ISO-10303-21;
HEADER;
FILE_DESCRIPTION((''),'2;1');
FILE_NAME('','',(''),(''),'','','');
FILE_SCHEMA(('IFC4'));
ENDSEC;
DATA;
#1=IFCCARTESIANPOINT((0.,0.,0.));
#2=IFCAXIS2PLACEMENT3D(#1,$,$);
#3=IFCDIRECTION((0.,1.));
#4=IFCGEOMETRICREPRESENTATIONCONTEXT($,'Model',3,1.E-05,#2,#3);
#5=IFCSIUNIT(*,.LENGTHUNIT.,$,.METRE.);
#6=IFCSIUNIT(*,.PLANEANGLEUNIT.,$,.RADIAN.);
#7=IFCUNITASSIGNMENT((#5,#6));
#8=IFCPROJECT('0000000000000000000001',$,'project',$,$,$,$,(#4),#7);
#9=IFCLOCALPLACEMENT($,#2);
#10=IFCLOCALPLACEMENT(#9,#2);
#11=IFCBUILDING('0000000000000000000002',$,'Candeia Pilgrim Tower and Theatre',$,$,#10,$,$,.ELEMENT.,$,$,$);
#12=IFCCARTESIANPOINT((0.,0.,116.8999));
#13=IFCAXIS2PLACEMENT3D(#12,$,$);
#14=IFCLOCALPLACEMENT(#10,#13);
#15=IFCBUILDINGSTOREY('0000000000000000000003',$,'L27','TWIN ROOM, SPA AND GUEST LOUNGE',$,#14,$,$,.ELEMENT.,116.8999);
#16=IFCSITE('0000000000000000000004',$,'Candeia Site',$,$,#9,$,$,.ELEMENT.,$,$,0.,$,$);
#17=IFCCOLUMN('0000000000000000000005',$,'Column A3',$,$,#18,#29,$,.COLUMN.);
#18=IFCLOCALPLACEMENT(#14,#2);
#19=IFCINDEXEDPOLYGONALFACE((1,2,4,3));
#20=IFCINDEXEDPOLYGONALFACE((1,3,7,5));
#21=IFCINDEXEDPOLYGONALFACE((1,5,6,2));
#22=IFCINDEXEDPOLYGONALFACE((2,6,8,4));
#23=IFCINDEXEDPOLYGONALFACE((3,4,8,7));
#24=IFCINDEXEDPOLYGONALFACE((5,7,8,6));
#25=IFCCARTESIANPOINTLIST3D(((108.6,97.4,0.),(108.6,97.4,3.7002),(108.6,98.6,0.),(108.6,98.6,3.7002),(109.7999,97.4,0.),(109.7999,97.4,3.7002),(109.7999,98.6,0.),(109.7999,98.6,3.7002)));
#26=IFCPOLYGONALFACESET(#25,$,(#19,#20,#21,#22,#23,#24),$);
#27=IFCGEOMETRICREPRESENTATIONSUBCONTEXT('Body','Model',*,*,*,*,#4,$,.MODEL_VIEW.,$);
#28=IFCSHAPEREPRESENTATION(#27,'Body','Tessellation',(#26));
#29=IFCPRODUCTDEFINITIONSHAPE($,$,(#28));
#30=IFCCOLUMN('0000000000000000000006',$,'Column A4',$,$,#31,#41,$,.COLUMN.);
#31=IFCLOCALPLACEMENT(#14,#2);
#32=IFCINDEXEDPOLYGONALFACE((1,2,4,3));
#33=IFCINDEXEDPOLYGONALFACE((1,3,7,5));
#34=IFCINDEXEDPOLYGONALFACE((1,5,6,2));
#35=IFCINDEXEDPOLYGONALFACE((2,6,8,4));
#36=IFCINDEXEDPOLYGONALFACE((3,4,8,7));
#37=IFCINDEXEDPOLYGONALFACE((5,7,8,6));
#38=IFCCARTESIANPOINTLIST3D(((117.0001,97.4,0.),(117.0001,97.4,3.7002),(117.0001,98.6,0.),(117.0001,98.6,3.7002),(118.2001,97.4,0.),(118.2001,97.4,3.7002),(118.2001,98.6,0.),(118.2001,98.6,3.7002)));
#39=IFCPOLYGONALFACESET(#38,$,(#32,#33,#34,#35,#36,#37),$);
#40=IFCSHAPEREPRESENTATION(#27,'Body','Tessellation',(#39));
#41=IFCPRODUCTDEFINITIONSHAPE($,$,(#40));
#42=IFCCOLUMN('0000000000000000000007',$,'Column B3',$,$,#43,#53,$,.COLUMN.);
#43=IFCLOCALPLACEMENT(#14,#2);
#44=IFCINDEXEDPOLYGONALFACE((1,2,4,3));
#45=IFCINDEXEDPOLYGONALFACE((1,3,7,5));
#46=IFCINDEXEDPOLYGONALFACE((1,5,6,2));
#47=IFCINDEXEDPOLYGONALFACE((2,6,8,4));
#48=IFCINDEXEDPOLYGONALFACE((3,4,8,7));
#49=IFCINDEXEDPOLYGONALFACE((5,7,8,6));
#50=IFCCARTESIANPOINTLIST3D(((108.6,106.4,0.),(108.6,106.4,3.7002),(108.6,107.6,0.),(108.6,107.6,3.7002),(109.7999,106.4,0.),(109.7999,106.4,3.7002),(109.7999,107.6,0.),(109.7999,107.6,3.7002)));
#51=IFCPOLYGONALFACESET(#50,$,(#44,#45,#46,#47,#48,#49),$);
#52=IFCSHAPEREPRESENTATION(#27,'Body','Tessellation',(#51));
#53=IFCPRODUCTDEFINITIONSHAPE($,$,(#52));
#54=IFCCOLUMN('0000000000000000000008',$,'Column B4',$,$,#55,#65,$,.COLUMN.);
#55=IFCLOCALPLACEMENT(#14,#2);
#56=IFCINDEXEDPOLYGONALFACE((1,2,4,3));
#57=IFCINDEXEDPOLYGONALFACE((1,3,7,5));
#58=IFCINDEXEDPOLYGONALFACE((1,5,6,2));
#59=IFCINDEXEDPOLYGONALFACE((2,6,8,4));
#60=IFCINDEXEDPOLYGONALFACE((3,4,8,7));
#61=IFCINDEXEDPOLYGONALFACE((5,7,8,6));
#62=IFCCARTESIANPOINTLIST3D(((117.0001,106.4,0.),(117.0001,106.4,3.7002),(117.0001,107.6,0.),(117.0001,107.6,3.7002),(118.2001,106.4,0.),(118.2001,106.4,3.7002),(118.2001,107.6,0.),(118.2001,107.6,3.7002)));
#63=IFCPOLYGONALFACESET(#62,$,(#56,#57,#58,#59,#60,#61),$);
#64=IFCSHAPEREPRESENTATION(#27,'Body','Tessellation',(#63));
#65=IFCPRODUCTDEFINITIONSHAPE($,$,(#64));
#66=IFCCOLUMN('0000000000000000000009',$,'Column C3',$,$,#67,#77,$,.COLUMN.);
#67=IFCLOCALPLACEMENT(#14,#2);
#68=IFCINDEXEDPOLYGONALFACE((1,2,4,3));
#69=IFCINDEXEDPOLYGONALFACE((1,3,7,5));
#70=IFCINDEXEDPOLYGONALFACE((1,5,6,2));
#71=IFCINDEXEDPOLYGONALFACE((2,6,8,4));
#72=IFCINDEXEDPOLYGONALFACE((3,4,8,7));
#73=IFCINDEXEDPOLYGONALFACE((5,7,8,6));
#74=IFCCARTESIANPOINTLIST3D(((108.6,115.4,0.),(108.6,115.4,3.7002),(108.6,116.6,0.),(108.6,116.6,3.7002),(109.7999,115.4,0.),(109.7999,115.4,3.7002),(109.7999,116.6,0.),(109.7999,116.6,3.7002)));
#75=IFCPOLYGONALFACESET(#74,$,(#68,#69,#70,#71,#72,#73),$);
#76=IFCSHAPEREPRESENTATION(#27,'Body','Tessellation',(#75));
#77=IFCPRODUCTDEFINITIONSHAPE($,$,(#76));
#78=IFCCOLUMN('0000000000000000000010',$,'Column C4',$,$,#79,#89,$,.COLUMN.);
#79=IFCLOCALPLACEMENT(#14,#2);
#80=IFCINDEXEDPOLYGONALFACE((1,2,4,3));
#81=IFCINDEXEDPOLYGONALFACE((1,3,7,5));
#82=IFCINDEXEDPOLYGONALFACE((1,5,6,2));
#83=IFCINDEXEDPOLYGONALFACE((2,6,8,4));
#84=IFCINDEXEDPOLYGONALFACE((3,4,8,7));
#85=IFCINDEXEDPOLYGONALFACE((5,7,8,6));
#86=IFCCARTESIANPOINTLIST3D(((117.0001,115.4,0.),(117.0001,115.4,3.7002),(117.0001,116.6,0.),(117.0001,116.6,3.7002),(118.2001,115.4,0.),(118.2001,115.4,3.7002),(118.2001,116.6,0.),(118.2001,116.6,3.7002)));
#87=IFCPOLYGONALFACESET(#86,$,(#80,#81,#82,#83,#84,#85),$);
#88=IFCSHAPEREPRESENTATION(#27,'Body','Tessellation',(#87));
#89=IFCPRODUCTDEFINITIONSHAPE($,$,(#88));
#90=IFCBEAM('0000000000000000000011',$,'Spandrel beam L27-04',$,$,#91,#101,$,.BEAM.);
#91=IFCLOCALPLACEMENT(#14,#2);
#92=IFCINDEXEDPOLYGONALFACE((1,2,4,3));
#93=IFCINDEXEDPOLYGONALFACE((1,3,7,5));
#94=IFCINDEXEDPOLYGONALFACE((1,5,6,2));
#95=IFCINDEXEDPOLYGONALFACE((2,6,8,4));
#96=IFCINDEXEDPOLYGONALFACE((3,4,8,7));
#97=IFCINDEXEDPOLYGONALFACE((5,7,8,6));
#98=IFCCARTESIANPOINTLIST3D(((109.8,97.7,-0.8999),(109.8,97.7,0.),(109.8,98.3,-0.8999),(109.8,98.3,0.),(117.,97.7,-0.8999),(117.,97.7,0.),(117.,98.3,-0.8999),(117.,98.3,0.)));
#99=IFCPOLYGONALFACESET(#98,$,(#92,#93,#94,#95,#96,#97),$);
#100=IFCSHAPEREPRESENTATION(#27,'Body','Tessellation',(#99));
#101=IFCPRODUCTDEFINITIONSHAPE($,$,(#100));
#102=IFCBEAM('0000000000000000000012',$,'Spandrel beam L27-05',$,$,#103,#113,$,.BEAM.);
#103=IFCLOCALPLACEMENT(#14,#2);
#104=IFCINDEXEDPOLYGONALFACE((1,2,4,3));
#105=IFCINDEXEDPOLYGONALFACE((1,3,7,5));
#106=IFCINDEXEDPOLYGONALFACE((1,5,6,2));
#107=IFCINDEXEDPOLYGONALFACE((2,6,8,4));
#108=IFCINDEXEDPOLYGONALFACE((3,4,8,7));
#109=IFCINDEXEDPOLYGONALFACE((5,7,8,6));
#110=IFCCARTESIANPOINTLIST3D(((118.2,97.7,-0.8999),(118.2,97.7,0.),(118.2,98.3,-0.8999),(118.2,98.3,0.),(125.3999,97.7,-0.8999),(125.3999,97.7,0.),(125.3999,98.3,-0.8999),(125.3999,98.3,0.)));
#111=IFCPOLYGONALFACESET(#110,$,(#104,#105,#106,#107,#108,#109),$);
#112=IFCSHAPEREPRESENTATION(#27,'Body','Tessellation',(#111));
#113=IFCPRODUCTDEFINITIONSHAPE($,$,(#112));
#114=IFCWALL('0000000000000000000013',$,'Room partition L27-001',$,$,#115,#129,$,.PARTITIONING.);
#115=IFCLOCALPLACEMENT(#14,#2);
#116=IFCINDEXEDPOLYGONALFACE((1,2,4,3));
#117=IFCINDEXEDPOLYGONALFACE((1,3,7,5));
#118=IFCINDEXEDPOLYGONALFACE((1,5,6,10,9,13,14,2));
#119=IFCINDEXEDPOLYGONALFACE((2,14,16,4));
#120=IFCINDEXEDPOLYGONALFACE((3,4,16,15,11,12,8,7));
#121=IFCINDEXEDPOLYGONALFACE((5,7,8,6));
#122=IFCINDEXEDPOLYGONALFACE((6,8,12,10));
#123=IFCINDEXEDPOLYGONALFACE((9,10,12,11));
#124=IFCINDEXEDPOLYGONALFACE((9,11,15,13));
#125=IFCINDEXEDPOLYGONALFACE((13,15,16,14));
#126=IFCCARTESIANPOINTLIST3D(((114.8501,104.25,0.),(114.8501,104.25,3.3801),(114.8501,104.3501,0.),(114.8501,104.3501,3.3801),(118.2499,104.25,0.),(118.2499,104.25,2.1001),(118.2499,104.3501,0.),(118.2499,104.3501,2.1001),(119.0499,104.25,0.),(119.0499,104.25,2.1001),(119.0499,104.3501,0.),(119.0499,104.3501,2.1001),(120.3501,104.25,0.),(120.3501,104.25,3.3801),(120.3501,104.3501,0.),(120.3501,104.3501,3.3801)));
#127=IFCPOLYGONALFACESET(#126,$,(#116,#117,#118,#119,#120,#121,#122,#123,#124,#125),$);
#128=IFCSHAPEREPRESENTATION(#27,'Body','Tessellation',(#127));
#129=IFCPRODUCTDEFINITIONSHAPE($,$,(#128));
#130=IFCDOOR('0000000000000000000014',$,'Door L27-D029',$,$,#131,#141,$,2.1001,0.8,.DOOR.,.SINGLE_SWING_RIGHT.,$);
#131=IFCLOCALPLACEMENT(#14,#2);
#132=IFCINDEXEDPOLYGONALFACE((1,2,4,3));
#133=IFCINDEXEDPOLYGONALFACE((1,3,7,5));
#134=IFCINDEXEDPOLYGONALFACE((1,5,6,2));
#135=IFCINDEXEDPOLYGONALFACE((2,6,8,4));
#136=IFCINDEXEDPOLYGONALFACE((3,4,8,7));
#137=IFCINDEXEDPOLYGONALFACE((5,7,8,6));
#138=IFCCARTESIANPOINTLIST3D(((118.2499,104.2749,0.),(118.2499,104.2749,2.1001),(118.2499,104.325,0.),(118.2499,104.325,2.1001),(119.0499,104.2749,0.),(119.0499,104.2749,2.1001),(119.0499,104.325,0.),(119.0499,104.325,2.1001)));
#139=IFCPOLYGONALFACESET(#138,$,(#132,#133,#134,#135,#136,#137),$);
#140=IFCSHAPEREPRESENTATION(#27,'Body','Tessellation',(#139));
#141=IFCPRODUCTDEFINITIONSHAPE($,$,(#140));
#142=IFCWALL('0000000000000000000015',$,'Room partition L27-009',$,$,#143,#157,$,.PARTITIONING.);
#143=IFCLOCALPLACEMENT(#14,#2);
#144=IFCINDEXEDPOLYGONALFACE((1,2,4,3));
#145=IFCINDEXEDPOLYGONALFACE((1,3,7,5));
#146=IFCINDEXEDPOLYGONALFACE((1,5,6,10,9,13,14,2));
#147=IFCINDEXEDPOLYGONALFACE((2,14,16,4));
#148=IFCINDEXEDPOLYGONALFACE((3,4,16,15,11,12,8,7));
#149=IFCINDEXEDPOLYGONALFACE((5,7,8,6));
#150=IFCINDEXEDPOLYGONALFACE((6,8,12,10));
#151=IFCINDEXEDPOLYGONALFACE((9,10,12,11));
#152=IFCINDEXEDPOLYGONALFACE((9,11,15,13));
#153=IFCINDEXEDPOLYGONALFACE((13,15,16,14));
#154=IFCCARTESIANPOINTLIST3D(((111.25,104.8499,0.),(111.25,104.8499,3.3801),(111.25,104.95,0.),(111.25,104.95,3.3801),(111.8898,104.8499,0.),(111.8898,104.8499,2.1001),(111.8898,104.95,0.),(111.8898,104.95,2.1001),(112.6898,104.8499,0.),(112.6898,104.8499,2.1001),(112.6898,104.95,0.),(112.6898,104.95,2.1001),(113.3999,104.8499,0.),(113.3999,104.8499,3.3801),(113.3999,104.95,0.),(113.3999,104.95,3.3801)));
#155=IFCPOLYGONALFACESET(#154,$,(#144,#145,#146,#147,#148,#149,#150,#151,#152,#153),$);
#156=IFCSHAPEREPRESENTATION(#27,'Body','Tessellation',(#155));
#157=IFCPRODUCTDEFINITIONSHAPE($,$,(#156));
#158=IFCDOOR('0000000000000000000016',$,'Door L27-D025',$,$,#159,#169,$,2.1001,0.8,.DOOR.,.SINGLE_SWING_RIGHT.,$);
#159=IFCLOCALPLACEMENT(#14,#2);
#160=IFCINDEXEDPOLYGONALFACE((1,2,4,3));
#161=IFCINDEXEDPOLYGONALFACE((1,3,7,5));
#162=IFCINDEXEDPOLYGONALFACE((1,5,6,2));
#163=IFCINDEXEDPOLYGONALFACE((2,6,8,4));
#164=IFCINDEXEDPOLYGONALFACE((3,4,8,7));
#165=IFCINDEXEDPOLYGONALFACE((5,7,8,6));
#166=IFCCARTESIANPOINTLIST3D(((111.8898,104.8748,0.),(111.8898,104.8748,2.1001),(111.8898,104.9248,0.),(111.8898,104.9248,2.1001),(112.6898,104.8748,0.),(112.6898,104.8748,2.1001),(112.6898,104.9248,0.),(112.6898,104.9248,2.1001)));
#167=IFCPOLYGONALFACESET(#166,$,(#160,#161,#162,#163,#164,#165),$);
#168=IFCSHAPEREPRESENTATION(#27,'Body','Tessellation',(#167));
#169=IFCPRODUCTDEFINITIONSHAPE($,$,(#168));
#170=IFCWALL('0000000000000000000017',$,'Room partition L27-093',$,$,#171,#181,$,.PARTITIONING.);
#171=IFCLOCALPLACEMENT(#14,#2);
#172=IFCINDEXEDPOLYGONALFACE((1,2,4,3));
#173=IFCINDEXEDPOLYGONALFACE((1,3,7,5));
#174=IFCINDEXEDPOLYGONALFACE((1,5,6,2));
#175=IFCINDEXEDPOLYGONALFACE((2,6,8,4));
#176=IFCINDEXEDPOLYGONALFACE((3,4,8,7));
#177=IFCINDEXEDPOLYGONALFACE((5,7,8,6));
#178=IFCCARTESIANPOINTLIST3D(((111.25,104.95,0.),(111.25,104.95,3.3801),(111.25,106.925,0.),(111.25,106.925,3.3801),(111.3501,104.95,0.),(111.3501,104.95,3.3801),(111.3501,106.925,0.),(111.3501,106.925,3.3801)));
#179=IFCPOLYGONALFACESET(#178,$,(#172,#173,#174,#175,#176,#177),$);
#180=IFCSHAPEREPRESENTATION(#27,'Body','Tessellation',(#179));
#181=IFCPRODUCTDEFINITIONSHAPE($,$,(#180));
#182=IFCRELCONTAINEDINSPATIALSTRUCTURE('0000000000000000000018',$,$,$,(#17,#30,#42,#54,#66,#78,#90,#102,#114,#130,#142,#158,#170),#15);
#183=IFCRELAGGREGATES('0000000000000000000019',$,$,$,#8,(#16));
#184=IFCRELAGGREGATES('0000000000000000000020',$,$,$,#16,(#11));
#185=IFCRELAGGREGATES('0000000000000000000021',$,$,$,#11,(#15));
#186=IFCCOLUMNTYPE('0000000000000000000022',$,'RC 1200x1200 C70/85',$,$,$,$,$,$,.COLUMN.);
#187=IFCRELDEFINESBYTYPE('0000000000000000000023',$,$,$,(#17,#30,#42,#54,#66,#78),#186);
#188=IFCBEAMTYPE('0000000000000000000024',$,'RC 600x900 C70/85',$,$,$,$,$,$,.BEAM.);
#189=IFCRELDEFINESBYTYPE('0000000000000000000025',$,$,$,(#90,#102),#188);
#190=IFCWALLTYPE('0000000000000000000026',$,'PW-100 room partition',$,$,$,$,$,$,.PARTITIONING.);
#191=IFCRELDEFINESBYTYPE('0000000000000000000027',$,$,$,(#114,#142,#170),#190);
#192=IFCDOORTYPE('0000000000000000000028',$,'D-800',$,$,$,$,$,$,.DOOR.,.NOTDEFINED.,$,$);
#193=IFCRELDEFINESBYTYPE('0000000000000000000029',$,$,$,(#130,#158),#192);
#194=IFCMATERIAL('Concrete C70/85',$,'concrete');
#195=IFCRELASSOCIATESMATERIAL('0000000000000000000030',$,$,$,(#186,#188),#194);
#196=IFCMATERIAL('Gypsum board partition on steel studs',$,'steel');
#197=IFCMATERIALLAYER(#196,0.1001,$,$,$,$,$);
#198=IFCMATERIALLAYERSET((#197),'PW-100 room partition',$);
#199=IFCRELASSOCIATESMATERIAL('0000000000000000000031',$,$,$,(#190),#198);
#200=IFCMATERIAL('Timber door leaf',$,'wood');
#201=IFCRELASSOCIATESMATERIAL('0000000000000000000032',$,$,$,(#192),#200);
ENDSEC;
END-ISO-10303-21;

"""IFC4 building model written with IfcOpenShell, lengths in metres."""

from ifc_helpers import new_model, si_unit, direction, frame, frame_2d, origin, origin_2d, place, context, subcontext, project, spatial, rectangle, extrude, material, layer, layer_set, material_profile, profile_set, type_object, element, fill, save


model = new_model("IFC4")

# Units and contexts
model_context = context("Model", 3, precision=1e-05, world=origin(), true_north=direction((0.0, 1.0)))
body_context = subcontext(model_context, "Body", "Model", "MODEL_VIEW")
ifc_project = project(units=[si_unit("LENGTHUNIT", "METRE"), si_unit("PLANEANGLEUNIT", "RADIAN")], contexts=[model_context])

# Site, building, storey
site_placement = place(None, origin())
site = spatial("IfcSite", under=ifc_project, at=site_placement, Name="Candeia Site", CompositionType="ELEMENT", RefElevation=0.0)
building_placement = place(site_placement, origin())
building = spatial("IfcBuilding", under=site, at=building_placement, Name="Candeia Pilgrim Tower and Theatre", CompositionType="ELEMENT")
storey_placement = place(building_placement, frame((0.0, 0.0, 116.8999)))
storey = spatial("IfcBuildingStorey", under=building, at=storey_placement, Name="L27", Description="TWIN ROOM, SPA AND GUEST LOUNGE", CompositionType="ELEMENT", Elevation=116.8999)

# Columns
ifc_material_1 = material(Name="Concrete C70/85", Category="concrete")
ifc_material_profile_1 = material_profile(ifc_material_1, rectangle(XDim=1.2, YDim=1.2, at=origin_2d()))
ifc_profile_set_1 = profile_set([ifc_material_profile_1], Name="Concrete C70/85")
column_type = type_object("IfcColumnType", Name="RC 1200x1200 C70/85", PredefinedType="COLUMN", material=ifc_profile_set_1)
for number, where, z_axis, x_axis, name in (
    (1, (109.2, 98.0, 0.0), (0.0, 0.0, 1.0), (1.0, 0.0, 0.0), "Column A3"),
    (2, (117.6001, 98.0, 0.0), (0.0, 0.0, 1.0), (1.0, 0.0, 0.0), "Column A4"),
    (3, (109.2, 107.0, 0.0), (0.0, 0.0, 1.0), (1.0, 0.0, 0.0), "Column B3"),
    (4, (117.6001, 107.0, 0.0), (0.0, 0.0, 1.0), (1.0, 0.0, 0.0), "Column B4"),
    (5, (109.2, 116.0, 0.0), (0.0, 0.0, 1.0), (1.0, 0.0, 0.0), "Column C3"),
    (6, (117.6001, 116.0, 0.0), (0.0, 0.0, 1.0), (1.0, 0.0, 0.0), "Column C4"),
):
    element("IfcColumn", number, at=place(storey_placement, frame(where, z_axis=z_axis, x_axis=x_axis)), inside=storey, type_object=column_type, Name=name, PredefinedType="COLUMN", context=body_context, shape_type="SweptSolid", body=[
        extrude(rectangle(XDim=1.2, YDim=1.2, at=origin_2d()), origin(), (0.0, 0.0, 1.0), 3.7002),
    ])

# Beams
ifc_material_profile_2 = material_profile(ifc_material_1, rectangle(XDim=0.6001, YDim=0.8999, at=origin_2d()))
ifc_profile_set_2 = profile_set([ifc_material_profile_2], Name="Concrete C70/85")
beam_type = type_object("IfcBeamType", Name="RC 600x900 C70/85", PredefinedType="BEAM", material=ifc_profile_set_2)
for number, where, z_axis, x_axis, name in (
    (7, (109.8, 98.0, -0.45), (1.0, 0.0, 0.0), (0.0, 1.0, 0.0), "Spandrel beam L27-04"),
    (8, (118.2, 98.0, -0.45), (1.0, 0.0, 0.0), (0.0, 1.0, 0.0), "Spandrel beam L27-05"),
):
    element("IfcBeam", number, at=place(storey_placement, frame(where, z_axis=z_axis, x_axis=x_axis)), inside=storey, type_object=beam_type, Name=name, PredefinedType="BEAM", context=body_context, shape_type="SweptSolid", body=[
        extrude(rectangle(XDim=0.6001, YDim=0.8999, at=origin_2d()), origin(), (0.0, 0.0, 1.0), 7.2),
    ])

# Walls, openings, doors
ifc_material_2 = material(Name="Gypsum board partition on steel studs", Category="steel")
ifc_layer_1 = layer(ifc_material_2, 0.1001)
ifc_layer_set_1 = layer_set([ifc_layer_1], Name="PW-100 room partition")
wall_type_1 = type_object("IfcWallType", Name="PW-100 room partition", PredefinedType="PARTITIONING", material=ifc_layer_set_1)
wall_1_placement = place(storey_placement, frame((114.8501, 104.3, 0.0), z_axis=(0.0, 0.0, 1.0), x_axis=(1.0, 0.0, 0.0)))
wall_1 = element("IfcWall", 9, at=wall_1_placement, inside=storey, type_object=wall_type_1, Name="Room partition L27-001", PredefinedType="PARTITIONING", context=body_context, shape_type="SweptSolid", body=[
    extrude(rectangle(XDim=5.5, YDim=0.1001, at=frame_2d((2.75, 0.0))), origin(), (0.0, 0.0, 1.0), 3.3801),
])
opening_1_placement = place(wall_1_placement, frame((3.3999, 0.0, 0.0)))
opening_1 = element("IfcOpeningElement", 10, at=opening_1_placement, cuts=wall_1, PredefinedType="OPENING", context=body_context, shape_type="SweptSolid", body=[
    extrude(rectangle(XDim=0.8, YDim=2.1001, at=frame_2d((0.3999, 1.05))), frame((0.0, 0.0601, 0.0), z_axis=(0.0, -1.0, 0.0), x_axis=(1.0, 0.0, 0.0)), (0.0, 0.0, 1.0), 0.1201),
])
ifc_material_3 = material(Name="Timber door leaf", Category="wood")
door_type_1 = type_object("IfcDoorType", Name="D-800", OperationType="NOTDEFINED", PredefinedType="DOOR", material=ifc_material_3)
door_1_placement = place(opening_1_placement, origin())
door_1 = element("IfcDoor", 11, at=door_1_placement, inside=storey, type_object=door_type_1, Name="Door L27-D029", OperationType="SINGLE_SWING_RIGHT", OverallHeight=2.1001, OverallWidth=0.8, PredefinedType="DOOR", context=body_context, shape_type="SweptSolid", body=[
    extrude(rectangle(XDim=0.8, YDim=2.1001, at=frame_2d((0.3999, 1.05))), frame((0.0, 0.0249, 0.0), z_axis=(0.0, -1.0, 0.0), x_axis=(1.0, 0.0, 0.0)), (0.0, 0.0, 1.0), 0.05),
])
fill(opening_1, door_1)
wall_2_placement = place(storey_placement, frame((111.25, 104.8999, 0.0), z_axis=(0.0, 0.0, 1.0), x_axis=(1.0, 0.0, 0.0)))
wall_2 = element("IfcWall", 12, at=wall_2_placement, inside=storey, type_object=wall_type_1, Name="Room partition L27-009", PredefinedType="PARTITIONING", context=body_context, shape_type="SweptSolid", body=[
    extrude(rectangle(XDim=2.1499, YDim=0.1001, at=frame_2d((1.075, 0.0))), origin(), (0.0, 0.0, 1.0), 3.3801),
])
opening_2_placement = place(wall_2_placement, frame((0.6399, 0.0, 0.0)))
opening_2 = element("IfcOpeningElement", 13, at=opening_2_placement, cuts=wall_2, PredefinedType="OPENING", context=body_context, shape_type="SweptSolid", body=[
    extrude(rectangle(XDim=0.8, YDim=2.1001, at=frame_2d((0.3999, 1.05))), frame((0.0, 0.0601, 0.0), z_axis=(0.0, -1.0, 0.0), x_axis=(1.0, 0.0, 0.0)), (0.0, 0.0, 1.0), 0.1201),
])
door_2_placement = place(opening_2_placement, origin())
door_2 = element("IfcDoor", 14, at=door_2_placement, inside=storey, type_object=door_type_1, Name="Door L27-D025", OperationType="SINGLE_SWING_RIGHT", OverallHeight=2.1001, OverallWidth=0.8, PredefinedType="DOOR", context=body_context, shape_type="SweptSolid", body=[
    extrude(rectangle(XDim=0.8, YDim=2.1001, at=frame_2d((0.3999, 1.05))), frame((0.0, 0.0249, 0.0), z_axis=(0.0, -1.0, 0.0), x_axis=(1.0, 0.0, 0.0)), (0.0, 0.0, 1.0), 0.05),
])
fill(opening_2, door_2)

# Wall
wall_3_placement = place(storey_placement, frame((111.3, 104.95, 0.0), z_axis=(0.0, 0.0, 1.0), x_axis=(0.0, 1.0, 0.0)))
element("IfcWall", 15, at=wall_3_placement, inside=storey, type_object=wall_type_1, Name="Room partition L27-093", PredefinedType="PARTITIONING", context=body_context, shape_type="SweptSolid", body=[
    extrude(rectangle(XDim=1.9751, YDim=0.1001, at=frame_2d((0.9875, 0.0))), origin(), (0.0, 0.0, 1.0), 3.3801),
])

save(model, "model.ifc")
